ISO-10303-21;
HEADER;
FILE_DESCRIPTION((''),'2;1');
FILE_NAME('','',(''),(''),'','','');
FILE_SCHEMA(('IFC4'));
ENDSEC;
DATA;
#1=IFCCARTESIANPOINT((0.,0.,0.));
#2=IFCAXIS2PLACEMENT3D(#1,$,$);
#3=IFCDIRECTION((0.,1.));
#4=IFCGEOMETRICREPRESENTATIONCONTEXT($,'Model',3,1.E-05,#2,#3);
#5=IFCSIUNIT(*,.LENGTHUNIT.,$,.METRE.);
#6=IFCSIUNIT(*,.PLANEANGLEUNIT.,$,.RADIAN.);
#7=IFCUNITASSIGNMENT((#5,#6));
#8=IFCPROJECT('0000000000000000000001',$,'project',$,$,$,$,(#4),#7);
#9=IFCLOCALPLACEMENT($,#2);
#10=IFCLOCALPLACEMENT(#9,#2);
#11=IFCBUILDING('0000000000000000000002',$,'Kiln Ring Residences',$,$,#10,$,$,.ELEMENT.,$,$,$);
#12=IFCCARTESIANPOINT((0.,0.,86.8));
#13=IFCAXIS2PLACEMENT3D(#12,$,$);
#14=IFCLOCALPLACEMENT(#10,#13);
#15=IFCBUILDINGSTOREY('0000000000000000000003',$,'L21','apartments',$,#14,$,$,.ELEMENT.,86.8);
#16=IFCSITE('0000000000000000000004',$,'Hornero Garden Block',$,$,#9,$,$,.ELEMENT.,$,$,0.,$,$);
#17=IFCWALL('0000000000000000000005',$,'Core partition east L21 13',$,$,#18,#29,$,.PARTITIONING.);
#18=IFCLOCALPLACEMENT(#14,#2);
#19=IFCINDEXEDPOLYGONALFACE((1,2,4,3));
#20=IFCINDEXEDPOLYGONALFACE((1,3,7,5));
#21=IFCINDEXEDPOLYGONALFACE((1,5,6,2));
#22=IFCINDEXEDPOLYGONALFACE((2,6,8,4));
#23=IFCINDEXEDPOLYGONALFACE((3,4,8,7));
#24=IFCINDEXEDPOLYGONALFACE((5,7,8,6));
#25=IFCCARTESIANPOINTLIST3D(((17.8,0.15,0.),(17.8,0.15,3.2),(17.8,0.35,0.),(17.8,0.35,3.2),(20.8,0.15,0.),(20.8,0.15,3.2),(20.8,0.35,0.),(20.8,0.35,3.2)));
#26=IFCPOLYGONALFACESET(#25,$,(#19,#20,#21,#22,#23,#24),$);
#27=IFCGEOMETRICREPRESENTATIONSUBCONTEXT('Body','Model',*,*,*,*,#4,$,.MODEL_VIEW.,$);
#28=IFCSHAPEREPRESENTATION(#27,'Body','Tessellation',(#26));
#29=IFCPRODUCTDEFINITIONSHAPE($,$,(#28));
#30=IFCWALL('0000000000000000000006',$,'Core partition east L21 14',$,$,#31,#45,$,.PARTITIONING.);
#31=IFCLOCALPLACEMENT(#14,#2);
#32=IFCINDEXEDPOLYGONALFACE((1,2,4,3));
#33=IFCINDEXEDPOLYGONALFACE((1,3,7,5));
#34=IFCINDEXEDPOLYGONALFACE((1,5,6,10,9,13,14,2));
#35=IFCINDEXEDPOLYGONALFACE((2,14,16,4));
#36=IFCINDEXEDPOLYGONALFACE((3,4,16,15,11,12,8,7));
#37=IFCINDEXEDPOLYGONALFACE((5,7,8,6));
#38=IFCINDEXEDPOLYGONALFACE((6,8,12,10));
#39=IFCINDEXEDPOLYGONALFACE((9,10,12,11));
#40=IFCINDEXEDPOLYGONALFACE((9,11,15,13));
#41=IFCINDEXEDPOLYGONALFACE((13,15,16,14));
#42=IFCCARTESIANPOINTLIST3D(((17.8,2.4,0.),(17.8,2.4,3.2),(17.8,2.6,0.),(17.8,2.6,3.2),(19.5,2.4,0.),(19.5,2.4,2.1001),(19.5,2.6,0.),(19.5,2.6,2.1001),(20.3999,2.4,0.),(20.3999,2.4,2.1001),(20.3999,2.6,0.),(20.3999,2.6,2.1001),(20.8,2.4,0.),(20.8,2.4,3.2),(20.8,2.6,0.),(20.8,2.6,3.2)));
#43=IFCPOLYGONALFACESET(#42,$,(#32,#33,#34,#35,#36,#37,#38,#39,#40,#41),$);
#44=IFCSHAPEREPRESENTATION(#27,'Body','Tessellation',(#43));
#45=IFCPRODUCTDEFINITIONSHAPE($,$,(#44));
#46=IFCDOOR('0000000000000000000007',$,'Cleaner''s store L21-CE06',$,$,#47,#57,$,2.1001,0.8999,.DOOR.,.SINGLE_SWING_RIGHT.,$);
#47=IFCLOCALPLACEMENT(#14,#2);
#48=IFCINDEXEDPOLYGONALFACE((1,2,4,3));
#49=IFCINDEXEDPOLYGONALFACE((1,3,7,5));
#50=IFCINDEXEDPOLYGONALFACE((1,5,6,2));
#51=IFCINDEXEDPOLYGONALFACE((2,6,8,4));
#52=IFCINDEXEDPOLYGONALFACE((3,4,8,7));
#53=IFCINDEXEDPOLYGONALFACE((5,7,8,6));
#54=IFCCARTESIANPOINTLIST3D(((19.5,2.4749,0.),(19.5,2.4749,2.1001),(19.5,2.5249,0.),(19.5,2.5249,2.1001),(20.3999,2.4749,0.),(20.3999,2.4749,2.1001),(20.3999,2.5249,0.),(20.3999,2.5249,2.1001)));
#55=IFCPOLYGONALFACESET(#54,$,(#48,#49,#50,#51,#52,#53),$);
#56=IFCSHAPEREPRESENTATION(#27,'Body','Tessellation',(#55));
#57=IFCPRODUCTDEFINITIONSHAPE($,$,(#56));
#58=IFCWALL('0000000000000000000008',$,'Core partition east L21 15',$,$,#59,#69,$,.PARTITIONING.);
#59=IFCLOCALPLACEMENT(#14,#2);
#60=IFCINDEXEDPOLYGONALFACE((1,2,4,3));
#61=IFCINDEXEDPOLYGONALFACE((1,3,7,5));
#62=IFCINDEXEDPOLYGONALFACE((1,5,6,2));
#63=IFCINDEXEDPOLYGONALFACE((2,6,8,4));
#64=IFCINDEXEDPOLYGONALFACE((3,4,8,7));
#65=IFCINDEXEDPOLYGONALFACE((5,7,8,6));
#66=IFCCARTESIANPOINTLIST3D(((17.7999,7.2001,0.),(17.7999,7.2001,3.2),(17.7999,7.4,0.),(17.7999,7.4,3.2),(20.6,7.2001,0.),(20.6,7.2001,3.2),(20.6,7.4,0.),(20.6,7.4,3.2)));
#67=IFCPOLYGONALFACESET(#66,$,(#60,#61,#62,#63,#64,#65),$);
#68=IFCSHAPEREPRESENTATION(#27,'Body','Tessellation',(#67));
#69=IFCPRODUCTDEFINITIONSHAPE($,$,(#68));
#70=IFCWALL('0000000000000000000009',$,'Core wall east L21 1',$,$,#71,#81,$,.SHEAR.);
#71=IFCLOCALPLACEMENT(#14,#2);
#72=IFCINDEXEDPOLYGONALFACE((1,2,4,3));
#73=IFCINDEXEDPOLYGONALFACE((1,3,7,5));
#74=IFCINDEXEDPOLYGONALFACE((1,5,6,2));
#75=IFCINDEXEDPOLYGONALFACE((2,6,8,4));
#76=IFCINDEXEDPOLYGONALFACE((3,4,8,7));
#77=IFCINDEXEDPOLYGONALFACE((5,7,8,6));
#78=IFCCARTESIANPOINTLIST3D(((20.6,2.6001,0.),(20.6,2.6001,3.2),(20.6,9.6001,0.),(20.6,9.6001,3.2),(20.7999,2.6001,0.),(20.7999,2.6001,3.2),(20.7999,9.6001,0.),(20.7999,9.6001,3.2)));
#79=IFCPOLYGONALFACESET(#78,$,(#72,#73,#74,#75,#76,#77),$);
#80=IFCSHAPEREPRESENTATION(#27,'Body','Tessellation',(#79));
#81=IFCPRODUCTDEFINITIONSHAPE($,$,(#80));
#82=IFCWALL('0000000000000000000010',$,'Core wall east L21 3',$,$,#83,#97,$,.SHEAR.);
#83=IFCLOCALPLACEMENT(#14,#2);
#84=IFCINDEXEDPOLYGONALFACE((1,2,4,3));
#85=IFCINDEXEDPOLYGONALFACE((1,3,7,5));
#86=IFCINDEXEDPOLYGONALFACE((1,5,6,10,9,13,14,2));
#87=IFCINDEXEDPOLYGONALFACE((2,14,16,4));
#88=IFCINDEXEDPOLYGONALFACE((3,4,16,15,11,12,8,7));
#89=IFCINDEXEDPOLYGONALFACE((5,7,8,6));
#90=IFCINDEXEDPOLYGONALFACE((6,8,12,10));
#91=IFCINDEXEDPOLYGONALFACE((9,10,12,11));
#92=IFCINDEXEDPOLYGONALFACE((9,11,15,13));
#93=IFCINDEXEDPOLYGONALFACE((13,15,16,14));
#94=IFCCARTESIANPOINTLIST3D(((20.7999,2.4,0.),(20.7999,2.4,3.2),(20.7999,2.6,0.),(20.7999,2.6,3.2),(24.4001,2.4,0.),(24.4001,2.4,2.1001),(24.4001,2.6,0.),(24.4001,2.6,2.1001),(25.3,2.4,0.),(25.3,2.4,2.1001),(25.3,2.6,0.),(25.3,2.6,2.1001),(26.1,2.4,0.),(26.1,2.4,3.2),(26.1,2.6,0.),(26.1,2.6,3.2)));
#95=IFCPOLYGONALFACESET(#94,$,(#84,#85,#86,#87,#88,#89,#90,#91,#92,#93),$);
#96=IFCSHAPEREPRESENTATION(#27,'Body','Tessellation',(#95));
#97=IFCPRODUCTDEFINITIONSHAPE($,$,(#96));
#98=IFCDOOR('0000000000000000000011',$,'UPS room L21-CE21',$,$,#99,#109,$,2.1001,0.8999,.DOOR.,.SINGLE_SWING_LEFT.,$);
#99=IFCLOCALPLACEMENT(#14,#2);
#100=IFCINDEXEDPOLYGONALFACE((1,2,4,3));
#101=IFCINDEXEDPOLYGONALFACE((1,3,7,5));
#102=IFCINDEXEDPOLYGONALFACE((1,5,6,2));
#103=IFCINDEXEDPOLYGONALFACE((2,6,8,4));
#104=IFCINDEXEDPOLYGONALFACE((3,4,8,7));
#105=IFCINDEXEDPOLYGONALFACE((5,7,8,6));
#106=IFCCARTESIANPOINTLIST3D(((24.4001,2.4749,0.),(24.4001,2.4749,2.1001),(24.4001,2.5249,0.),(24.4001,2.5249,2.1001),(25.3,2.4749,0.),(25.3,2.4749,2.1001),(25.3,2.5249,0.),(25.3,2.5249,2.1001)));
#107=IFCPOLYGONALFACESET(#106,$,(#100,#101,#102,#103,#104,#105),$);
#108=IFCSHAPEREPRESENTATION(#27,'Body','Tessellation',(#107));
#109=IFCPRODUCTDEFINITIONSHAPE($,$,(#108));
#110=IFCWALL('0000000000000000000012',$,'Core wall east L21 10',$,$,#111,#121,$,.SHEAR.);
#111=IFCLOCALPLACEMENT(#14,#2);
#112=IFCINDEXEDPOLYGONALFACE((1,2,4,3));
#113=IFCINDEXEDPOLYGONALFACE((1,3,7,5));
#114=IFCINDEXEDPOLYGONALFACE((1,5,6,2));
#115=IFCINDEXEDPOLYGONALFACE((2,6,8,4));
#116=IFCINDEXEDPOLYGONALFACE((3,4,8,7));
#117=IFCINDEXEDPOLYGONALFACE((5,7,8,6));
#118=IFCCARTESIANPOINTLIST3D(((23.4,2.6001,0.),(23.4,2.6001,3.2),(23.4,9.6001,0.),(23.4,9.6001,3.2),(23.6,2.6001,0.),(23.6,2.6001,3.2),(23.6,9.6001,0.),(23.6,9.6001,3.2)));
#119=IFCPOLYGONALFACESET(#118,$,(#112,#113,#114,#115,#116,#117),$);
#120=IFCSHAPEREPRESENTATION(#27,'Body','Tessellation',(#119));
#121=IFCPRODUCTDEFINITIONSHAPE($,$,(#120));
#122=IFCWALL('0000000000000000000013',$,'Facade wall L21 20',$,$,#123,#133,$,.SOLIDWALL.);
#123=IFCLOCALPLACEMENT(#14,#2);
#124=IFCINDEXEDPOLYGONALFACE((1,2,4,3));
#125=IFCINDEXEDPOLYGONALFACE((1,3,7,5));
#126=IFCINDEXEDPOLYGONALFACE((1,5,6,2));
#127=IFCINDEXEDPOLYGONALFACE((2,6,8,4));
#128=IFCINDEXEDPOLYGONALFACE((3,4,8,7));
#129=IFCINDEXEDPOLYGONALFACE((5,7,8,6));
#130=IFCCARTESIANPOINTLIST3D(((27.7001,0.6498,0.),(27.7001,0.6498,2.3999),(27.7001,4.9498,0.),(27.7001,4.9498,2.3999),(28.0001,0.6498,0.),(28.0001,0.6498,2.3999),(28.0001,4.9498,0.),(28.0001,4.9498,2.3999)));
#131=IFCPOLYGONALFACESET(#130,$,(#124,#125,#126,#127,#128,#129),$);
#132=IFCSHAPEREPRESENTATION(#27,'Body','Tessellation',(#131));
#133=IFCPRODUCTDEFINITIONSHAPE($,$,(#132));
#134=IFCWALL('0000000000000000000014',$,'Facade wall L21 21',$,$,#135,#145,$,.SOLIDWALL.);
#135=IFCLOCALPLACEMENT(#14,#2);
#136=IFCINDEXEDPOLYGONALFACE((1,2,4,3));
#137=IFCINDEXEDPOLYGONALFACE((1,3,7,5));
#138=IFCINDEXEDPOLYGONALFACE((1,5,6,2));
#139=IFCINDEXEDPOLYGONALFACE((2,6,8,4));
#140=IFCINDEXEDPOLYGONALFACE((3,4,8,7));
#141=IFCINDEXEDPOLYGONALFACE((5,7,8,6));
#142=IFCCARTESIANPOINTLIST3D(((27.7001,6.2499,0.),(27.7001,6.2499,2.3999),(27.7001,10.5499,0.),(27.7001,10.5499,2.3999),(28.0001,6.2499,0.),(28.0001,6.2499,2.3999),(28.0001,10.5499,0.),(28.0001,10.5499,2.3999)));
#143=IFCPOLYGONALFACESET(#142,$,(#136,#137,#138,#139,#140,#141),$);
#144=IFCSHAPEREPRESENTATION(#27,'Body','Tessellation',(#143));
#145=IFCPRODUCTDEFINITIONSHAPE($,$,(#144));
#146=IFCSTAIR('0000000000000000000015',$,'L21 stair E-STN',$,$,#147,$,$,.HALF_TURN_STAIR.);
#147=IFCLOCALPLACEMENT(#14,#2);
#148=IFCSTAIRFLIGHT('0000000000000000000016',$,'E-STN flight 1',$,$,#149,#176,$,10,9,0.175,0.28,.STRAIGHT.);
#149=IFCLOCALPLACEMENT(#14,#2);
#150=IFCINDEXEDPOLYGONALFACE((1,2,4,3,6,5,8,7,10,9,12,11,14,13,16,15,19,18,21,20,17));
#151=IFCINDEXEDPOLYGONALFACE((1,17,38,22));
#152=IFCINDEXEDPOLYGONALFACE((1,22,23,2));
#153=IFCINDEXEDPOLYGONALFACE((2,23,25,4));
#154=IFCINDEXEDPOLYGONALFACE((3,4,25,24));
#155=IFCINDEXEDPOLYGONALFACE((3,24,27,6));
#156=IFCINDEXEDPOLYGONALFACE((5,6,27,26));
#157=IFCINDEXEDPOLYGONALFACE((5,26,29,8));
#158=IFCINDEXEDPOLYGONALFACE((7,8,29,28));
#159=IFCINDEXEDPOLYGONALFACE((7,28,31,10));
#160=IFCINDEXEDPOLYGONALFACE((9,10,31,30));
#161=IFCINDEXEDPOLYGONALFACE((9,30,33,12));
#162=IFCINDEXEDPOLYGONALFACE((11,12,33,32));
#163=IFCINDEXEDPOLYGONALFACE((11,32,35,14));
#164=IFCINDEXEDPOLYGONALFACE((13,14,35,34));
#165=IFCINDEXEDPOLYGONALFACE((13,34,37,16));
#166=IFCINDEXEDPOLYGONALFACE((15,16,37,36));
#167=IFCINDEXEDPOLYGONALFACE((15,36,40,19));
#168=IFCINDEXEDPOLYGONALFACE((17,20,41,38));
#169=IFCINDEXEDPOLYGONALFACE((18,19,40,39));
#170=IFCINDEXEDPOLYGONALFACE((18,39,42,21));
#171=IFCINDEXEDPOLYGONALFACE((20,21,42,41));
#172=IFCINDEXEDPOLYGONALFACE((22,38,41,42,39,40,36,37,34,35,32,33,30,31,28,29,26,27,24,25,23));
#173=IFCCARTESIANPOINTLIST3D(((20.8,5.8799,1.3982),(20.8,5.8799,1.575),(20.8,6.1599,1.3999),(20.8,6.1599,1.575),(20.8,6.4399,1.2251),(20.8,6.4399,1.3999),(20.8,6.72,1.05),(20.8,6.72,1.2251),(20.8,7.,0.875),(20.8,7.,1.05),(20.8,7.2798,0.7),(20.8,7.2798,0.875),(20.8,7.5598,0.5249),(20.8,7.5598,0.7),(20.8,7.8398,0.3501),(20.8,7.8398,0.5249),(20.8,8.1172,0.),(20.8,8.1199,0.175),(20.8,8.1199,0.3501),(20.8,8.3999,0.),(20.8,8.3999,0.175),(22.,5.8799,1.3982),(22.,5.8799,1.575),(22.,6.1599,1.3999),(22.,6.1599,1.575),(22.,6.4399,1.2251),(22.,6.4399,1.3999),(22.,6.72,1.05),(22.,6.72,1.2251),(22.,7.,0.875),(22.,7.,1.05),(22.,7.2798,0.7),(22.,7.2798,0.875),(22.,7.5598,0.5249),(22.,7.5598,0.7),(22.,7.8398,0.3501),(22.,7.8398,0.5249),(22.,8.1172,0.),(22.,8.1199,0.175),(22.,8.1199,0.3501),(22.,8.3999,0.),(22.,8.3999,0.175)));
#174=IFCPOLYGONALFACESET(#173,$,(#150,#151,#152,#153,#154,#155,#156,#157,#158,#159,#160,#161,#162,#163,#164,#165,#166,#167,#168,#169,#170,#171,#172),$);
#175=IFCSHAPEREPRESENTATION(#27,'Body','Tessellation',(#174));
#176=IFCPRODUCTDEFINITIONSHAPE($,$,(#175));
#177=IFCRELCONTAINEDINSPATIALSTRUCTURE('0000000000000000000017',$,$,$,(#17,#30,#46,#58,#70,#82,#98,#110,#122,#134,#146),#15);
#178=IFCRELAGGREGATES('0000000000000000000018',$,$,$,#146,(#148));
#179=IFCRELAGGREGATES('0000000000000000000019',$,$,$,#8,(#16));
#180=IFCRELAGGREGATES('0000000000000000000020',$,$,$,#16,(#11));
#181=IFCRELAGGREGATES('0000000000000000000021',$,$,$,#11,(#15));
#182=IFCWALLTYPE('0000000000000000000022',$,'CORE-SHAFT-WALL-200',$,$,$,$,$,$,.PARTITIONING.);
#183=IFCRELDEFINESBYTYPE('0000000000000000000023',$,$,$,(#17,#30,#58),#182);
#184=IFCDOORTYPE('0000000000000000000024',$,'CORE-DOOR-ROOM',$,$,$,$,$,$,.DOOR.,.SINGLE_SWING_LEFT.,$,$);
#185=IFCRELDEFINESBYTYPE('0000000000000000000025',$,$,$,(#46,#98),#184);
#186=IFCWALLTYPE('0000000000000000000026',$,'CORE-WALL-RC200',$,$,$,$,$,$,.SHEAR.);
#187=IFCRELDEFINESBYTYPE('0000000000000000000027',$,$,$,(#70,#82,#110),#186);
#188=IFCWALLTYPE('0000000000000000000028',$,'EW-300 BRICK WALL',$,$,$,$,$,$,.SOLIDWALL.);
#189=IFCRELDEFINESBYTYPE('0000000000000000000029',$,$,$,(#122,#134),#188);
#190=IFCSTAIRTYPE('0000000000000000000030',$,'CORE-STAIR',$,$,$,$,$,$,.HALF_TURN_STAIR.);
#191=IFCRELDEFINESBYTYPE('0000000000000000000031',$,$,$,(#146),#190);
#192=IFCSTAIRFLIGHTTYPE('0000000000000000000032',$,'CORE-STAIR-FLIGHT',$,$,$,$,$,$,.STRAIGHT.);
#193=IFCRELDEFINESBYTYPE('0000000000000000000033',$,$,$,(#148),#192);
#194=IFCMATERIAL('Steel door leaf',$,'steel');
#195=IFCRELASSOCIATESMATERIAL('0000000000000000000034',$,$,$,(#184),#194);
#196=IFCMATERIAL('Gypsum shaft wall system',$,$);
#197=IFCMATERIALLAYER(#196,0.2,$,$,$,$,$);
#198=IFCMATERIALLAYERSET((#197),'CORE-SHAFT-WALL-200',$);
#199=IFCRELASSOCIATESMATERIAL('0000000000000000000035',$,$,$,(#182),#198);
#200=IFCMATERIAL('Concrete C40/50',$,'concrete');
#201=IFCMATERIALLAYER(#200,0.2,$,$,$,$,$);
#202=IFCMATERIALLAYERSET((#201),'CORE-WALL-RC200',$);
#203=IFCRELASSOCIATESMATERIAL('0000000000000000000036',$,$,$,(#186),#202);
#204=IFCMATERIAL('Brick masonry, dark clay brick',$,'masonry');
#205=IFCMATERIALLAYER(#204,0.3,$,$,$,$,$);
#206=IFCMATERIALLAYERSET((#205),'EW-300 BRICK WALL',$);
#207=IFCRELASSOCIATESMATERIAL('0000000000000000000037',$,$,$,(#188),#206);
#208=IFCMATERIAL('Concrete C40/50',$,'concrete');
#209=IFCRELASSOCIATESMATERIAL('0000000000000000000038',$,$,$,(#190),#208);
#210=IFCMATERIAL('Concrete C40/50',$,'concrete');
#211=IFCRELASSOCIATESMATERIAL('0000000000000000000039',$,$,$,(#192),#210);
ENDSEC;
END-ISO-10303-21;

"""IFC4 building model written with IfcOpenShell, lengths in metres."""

from ifc_helpers import new_model, si_unit, direction, frame, frame_2d, origin, place, context, subcontext, project, spatial, polyline, rectangle, outline, extrude, material, layer, layer_set, type_object, element, fill, aggregate, save


model = new_model("IFC4")

# Units and contexts
model_context = context("Model", 3, precision=1e-05, world=origin(), true_north=direction((0.0, 1.0)))
body_context = subcontext(model_context, "Body", "Model", "MODEL_VIEW")
ifc_project = project(units=[si_unit("LENGTHUNIT", "METRE"), si_unit("PLANEANGLEUNIT", "RADIAN")], contexts=[model_context])

# Site, building, storey
site_placement = place(None, origin())
site = spatial("IfcSite", under=ifc_project, at=site_placement, Name="Hornero Garden Block", CompositionType="ELEMENT", RefElevation=0.0)
building_placement = place(site_placement, origin())
building = spatial("IfcBuilding", under=site, at=building_placement, Name="Kiln Ring Residences", CompositionType="ELEMENT")
storey_placement = place(building_placement, frame((0.0, 0.0, 86.8)))
storey = spatial("IfcBuildingStorey", under=building, at=storey_placement, Name="L21", Description="apartments", CompositionType="ELEMENT", Elevation=86.8)

# Shared definitions
ifc_material_1 = material(Name="Steel door leaf", Category="steel")
door_type = type_object("IfcDoorType", Name="CORE-DOOR-ROOM", OperationType="SINGLE_SWING_LEFT", PredefinedType="DOOR", material=ifc_material_1)

# Wall
ifc_material_2 = material(Name="Gypsum shaft wall system")
ifc_layer_1 = layer(ifc_material_2, 0.2)
ifc_layer_set_1 = layer_set([ifc_layer_1], Name="CORE-SHAFT-WALL-200")
wall_type_1 = type_object("IfcWallType", Name="CORE-SHAFT-WALL-200", PredefinedType="PARTITIONING", material=ifc_layer_set_1)
wall_1_placement = place(storey_placement, frame((17.8, 0.25, 0.0), z_axis=(0.0, 0.0, 1.0), x_axis=(1.0, 0.0, 0.0)))
element("IfcWall", 1, at=wall_1_placement, inside=storey, type_object=wall_type_1, Name="Core partition east L21 13", PredefinedType="PARTITIONING", context=body_context, shape_type="SweptSolid", body=[
    extrude(rectangle(XDim=3.0, YDim=0.2, at=frame_2d((1.5, 0.0))), origin(), (0.0, 0.0, 1.0), 3.2),
])

# Wall, opening, door
wall_2_placement = place(storey_placement, frame((17.8, 2.5, 0.0), z_axis=(0.0, 0.0, 1.0), x_axis=(1.0, 0.0, 0.0)))
wall_2 = element("IfcWall", 2, at=wall_2_placement, inside=storey, type_object=wall_type_1, Name="Core partition east L21 14", PredefinedType="PARTITIONING", context=body_context, shape_type="SweptSolid", body=[
    extrude(rectangle(XDim=3.0, YDim=0.2, at=frame_2d((1.5, 0.0))), origin(), (0.0, 0.0, 1.0), 3.2),
])
opening_1_placement = place(wall_2_placement, frame((1.7, 0.0, 0.0)))
opening_1 = element("IfcOpeningElement", 3, at=opening_1_placement, cuts=wall_2, PredefinedType="OPENING", context=body_context, shape_type="SweptSolid", body=[
    extrude(rectangle(XDim=0.8999, YDim=2.1001, at=frame_2d((0.45, 1.05))), frame((0.0, 0.1099, 0.0), z_axis=(0.0, -1.0, 0.0), x_axis=(1.0, 0.0, 0.0)), (0.0, 0.0, 1.0), 0.22),
])
door_1_placement = place(opening_1_placement, origin())
door_1 = element("IfcDoor", 4, at=door_1_placement, inside=storey, type_object=door_type, Name="Cleaner's store L21-CE06", OperationType="SINGLE_SWING_RIGHT", OverallHeight=2.1001, OverallWidth=0.8999, PredefinedType="DOOR", context=body_context, shape_type="SweptSolid", body=[
    extrude(rectangle(XDim=0.8999, YDim=2.1001, at=frame_2d((0.45, 1.05))), frame((0.0, 0.0249, 0.0), z_axis=(0.0, -1.0, 0.0), x_axis=(1.0, 0.0, 0.0)), (0.0, 0.0, 1.0), 0.05),
])
fill(opening_1, door_1)

# Walls
wall_3_placement = place(storey_placement, frame((17.8, 7.3, 0.0), z_axis=(0.0, 0.0, 1.0), x_axis=(1.0, 0.0, 0.0)))
element("IfcWall", 5, at=wall_3_placement, inside=storey, type_object=wall_type_1, Name="Core partition east L21 15", PredefinedType="PARTITIONING", context=body_context, shape_type="SweptSolid", body=[
    extrude(rectangle(XDim=2.8, YDim=0.2, at=frame_2d((1.3999, 0.0))), origin(), (0.0, 0.0, 1.0), 3.2),
])
ifc_material_3 = material(Name="Concrete C40/50", Category="concrete")
ifc_layer_2 = layer(ifc_material_3, 0.2)
ifc_layer_set_2 = layer_set([ifc_layer_2], Name="CORE-WALL-RC200")
wall_type_2 = type_object("IfcWallType", Name="CORE-WALL-RC200", PredefinedType="SHEAR", material=ifc_layer_set_2)
wall_4_placement = place(storey_placement, frame((20.7, 2.6001, 0.0), z_axis=(0.0, 0.0, 1.0), x_axis=(0.0, 1.0, 0.0)))
element("IfcWall", 6, at=wall_4_placement, inside=storey, type_object=wall_type_2, Name="Core wall east L21 1", PredefinedType="SHEAR", context=body_context, shape_type="SweptSolid", body=[
    extrude(rectangle(XDim=7.0, YDim=0.2, at=frame_2d((3.5, 0.0))), origin(), (0.0, 0.0, 1.0), 3.2),
])

# Wall, opening, door
wall_5_placement = place(storey_placement, frame((20.8, 2.5, 0.0), z_axis=(0.0, 0.0, 1.0), x_axis=(1.0, 0.0, 0.0)))
wall_5 = element("IfcWall", 7, at=wall_5_placement, inside=storey, type_object=wall_type_2, Name="Core wall east L21 3", PredefinedType="SHEAR", context=body_context, shape_type="SweptSolid", body=[
    extrude(rectangle(XDim=5.3, YDim=0.2, at=frame_2d((2.6499, 0.0))), origin(), (0.0, 0.0, 1.0), 3.2),
])
opening_2_placement = place(wall_5_placement, frame((3.6001, 0.0, 0.0)))
opening_2 = element("IfcOpeningElement", 8, at=opening_2_placement, cuts=wall_5, PredefinedType="OPENING", context=body_context, shape_type="SweptSolid", body=[
    extrude(rectangle(XDim=0.8999, YDim=2.1001, at=frame_2d((0.45, 1.05))), frame((0.0, 0.1099, 0.0), z_axis=(0.0, -1.0, 0.0), x_axis=(1.0, 0.0, 0.0)), (0.0, 0.0, 1.0), 0.22),
])
door_2_placement = place(opening_2_placement, origin())
door_2 = element("IfcDoor", 9, at=door_2_placement, inside=storey, type_object=door_type, Name="UPS room L21-CE21", OperationType="SINGLE_SWING_LEFT", OverallHeight=2.1001, OverallWidth=0.8999, PredefinedType="DOOR", context=body_context, shape_type="SweptSolid", body=[
    extrude(rectangle(XDim=0.8999, YDim=2.1001, at=frame_2d((0.45, 1.05))), frame((0.0, 0.0249, 0.0), z_axis=(0.0, -1.0, 0.0), x_axis=(1.0, 0.0, 0.0)), (0.0, 0.0, 1.0), 0.05),
])
fill(opening_2, door_2)

# Walls
wall_6_placement = place(storey_placement, frame((23.5, 2.6001, 0.0), z_axis=(0.0, 0.0, 1.0), x_axis=(0.0, 1.0, 0.0)))
element("IfcWall", 10, at=wall_6_placement, inside=storey, type_object=wall_type_2, Name="Core wall east L21 10", PredefinedType="SHEAR", context=body_context, shape_type="SweptSolid", body=[
    extrude(rectangle(XDim=7.0, YDim=0.2, at=frame_2d((3.5, 0.0))), origin(), (0.0, 0.0, 1.0), 3.2),
])
ifc_material_4 = material(Name="Brick masonry, dark clay brick", Category="masonry")
ifc_layer_3 = layer(ifc_material_4, 0.3)
ifc_layer_set_3 = layer_set([ifc_layer_3], Name="EW-300 BRICK WALL")
wall_type_3 = type_object("IfcWallType", Name="EW-300 BRICK WALL", PredefinedType="SOLIDWALL", material=ifc_layer_set_3)
for number, where, z_axis, x_axis, name in (
    (11, (27.8501, 0.6499, 0.0), (0.0, 0.0, 1.0), (0.0, 1.0, 0.0), "Facade wall L21 20"),
    (12, (27.8501, 6.25, 0.0), (0.0, 0.0, 1.0), (0.0, 1.0, 0.0), "Facade wall L21 21"),
):
    element("IfcWall", number, at=place(storey_placement, frame(where, z_axis=z_axis, x_axis=x_axis)), inside=storey, type_object=wall_type_3, Name=name, PredefinedType="SOLIDWALL", context=body_context, shape_type="SweptSolid", body=[
        extrude(rectangle(XDim=4.3, YDim=0.3, at=frame_2d((2.1499, 0.0))), origin(), (0.0, 0.0, 1.0), 2.3999),
    ])

# Stair, stair flight
ifc_material_5 = material(Name="Concrete C40/50", Category="concrete")
stair_type = type_object("IfcStairType", Name="CORE-STAIR", PredefinedType="HALF_TURN_STAIR", material=ifc_material_5)
stair_placement = place(storey_placement, origin())
stair = element("IfcStair", 13, at=stair_placement, inside=storey, type_object=stair_type, Name="L21 stair E-STN", PredefinedType="HALF_TURN_STAIR")
ifc_material_6 = material(Name="Concrete C40/50", Category="concrete")
stair_flight_type = type_object("IfcStairFlightType", Name="CORE-STAIR-FLIGHT", PredefinedType="STRAIGHT", material=ifc_material_6)
stair_flight_1_placement = place(storey_placement, frame((21.3999, 8.3999, 0.0), z_axis=(0.0, 0.0, 1.0), x_axis=(0.0, -1.0, 0.0)))
stair_flight_1 = element("IfcStairFlight", 14, at=stair_flight_1_placement, type_object=stair_flight_type, Name="E-STN flight 1", NumberOfRisers=10, NumberOfTreads=9, PredefinedType="STRAIGHT", RiserHeight=0.175, TreadLength=0.28, context=body_context, shape_type="SweptSolid", body=[
    extrude(outline(polyline([(0.0, 0.0), (0.0, 0.175), (0.28, 0.175), (0.28, 0.3501), (0.5601, 0.3501), (0.5601, 0.5249), (0.8401, 0.5249), (0.8401, 0.7), (1.1201, 0.7), (1.1201, 0.875), (1.3999, 0.875), (1.3999, 1.05), (1.6799, 1.05), (1.6799, 1.2251), (1.96, 1.2251), (1.96, 1.3999), (2.24, 1.3999), (2.24, 1.575), (2.52, 1.575), (2.52, 1.75), (2.52, 1.3982), (0.2827, 0.0), (0.0, 0.0)])), frame((0.0, 0.6001, 0.0), z_axis=(0.0, -1.0, 0.0), x_axis=(1.0, 0.0, 0.0)), (0.0, 0.0, 1.0), 1.2),
])
aggregate(stair, [stair_flight_1])

save(model, "model.ifc")
